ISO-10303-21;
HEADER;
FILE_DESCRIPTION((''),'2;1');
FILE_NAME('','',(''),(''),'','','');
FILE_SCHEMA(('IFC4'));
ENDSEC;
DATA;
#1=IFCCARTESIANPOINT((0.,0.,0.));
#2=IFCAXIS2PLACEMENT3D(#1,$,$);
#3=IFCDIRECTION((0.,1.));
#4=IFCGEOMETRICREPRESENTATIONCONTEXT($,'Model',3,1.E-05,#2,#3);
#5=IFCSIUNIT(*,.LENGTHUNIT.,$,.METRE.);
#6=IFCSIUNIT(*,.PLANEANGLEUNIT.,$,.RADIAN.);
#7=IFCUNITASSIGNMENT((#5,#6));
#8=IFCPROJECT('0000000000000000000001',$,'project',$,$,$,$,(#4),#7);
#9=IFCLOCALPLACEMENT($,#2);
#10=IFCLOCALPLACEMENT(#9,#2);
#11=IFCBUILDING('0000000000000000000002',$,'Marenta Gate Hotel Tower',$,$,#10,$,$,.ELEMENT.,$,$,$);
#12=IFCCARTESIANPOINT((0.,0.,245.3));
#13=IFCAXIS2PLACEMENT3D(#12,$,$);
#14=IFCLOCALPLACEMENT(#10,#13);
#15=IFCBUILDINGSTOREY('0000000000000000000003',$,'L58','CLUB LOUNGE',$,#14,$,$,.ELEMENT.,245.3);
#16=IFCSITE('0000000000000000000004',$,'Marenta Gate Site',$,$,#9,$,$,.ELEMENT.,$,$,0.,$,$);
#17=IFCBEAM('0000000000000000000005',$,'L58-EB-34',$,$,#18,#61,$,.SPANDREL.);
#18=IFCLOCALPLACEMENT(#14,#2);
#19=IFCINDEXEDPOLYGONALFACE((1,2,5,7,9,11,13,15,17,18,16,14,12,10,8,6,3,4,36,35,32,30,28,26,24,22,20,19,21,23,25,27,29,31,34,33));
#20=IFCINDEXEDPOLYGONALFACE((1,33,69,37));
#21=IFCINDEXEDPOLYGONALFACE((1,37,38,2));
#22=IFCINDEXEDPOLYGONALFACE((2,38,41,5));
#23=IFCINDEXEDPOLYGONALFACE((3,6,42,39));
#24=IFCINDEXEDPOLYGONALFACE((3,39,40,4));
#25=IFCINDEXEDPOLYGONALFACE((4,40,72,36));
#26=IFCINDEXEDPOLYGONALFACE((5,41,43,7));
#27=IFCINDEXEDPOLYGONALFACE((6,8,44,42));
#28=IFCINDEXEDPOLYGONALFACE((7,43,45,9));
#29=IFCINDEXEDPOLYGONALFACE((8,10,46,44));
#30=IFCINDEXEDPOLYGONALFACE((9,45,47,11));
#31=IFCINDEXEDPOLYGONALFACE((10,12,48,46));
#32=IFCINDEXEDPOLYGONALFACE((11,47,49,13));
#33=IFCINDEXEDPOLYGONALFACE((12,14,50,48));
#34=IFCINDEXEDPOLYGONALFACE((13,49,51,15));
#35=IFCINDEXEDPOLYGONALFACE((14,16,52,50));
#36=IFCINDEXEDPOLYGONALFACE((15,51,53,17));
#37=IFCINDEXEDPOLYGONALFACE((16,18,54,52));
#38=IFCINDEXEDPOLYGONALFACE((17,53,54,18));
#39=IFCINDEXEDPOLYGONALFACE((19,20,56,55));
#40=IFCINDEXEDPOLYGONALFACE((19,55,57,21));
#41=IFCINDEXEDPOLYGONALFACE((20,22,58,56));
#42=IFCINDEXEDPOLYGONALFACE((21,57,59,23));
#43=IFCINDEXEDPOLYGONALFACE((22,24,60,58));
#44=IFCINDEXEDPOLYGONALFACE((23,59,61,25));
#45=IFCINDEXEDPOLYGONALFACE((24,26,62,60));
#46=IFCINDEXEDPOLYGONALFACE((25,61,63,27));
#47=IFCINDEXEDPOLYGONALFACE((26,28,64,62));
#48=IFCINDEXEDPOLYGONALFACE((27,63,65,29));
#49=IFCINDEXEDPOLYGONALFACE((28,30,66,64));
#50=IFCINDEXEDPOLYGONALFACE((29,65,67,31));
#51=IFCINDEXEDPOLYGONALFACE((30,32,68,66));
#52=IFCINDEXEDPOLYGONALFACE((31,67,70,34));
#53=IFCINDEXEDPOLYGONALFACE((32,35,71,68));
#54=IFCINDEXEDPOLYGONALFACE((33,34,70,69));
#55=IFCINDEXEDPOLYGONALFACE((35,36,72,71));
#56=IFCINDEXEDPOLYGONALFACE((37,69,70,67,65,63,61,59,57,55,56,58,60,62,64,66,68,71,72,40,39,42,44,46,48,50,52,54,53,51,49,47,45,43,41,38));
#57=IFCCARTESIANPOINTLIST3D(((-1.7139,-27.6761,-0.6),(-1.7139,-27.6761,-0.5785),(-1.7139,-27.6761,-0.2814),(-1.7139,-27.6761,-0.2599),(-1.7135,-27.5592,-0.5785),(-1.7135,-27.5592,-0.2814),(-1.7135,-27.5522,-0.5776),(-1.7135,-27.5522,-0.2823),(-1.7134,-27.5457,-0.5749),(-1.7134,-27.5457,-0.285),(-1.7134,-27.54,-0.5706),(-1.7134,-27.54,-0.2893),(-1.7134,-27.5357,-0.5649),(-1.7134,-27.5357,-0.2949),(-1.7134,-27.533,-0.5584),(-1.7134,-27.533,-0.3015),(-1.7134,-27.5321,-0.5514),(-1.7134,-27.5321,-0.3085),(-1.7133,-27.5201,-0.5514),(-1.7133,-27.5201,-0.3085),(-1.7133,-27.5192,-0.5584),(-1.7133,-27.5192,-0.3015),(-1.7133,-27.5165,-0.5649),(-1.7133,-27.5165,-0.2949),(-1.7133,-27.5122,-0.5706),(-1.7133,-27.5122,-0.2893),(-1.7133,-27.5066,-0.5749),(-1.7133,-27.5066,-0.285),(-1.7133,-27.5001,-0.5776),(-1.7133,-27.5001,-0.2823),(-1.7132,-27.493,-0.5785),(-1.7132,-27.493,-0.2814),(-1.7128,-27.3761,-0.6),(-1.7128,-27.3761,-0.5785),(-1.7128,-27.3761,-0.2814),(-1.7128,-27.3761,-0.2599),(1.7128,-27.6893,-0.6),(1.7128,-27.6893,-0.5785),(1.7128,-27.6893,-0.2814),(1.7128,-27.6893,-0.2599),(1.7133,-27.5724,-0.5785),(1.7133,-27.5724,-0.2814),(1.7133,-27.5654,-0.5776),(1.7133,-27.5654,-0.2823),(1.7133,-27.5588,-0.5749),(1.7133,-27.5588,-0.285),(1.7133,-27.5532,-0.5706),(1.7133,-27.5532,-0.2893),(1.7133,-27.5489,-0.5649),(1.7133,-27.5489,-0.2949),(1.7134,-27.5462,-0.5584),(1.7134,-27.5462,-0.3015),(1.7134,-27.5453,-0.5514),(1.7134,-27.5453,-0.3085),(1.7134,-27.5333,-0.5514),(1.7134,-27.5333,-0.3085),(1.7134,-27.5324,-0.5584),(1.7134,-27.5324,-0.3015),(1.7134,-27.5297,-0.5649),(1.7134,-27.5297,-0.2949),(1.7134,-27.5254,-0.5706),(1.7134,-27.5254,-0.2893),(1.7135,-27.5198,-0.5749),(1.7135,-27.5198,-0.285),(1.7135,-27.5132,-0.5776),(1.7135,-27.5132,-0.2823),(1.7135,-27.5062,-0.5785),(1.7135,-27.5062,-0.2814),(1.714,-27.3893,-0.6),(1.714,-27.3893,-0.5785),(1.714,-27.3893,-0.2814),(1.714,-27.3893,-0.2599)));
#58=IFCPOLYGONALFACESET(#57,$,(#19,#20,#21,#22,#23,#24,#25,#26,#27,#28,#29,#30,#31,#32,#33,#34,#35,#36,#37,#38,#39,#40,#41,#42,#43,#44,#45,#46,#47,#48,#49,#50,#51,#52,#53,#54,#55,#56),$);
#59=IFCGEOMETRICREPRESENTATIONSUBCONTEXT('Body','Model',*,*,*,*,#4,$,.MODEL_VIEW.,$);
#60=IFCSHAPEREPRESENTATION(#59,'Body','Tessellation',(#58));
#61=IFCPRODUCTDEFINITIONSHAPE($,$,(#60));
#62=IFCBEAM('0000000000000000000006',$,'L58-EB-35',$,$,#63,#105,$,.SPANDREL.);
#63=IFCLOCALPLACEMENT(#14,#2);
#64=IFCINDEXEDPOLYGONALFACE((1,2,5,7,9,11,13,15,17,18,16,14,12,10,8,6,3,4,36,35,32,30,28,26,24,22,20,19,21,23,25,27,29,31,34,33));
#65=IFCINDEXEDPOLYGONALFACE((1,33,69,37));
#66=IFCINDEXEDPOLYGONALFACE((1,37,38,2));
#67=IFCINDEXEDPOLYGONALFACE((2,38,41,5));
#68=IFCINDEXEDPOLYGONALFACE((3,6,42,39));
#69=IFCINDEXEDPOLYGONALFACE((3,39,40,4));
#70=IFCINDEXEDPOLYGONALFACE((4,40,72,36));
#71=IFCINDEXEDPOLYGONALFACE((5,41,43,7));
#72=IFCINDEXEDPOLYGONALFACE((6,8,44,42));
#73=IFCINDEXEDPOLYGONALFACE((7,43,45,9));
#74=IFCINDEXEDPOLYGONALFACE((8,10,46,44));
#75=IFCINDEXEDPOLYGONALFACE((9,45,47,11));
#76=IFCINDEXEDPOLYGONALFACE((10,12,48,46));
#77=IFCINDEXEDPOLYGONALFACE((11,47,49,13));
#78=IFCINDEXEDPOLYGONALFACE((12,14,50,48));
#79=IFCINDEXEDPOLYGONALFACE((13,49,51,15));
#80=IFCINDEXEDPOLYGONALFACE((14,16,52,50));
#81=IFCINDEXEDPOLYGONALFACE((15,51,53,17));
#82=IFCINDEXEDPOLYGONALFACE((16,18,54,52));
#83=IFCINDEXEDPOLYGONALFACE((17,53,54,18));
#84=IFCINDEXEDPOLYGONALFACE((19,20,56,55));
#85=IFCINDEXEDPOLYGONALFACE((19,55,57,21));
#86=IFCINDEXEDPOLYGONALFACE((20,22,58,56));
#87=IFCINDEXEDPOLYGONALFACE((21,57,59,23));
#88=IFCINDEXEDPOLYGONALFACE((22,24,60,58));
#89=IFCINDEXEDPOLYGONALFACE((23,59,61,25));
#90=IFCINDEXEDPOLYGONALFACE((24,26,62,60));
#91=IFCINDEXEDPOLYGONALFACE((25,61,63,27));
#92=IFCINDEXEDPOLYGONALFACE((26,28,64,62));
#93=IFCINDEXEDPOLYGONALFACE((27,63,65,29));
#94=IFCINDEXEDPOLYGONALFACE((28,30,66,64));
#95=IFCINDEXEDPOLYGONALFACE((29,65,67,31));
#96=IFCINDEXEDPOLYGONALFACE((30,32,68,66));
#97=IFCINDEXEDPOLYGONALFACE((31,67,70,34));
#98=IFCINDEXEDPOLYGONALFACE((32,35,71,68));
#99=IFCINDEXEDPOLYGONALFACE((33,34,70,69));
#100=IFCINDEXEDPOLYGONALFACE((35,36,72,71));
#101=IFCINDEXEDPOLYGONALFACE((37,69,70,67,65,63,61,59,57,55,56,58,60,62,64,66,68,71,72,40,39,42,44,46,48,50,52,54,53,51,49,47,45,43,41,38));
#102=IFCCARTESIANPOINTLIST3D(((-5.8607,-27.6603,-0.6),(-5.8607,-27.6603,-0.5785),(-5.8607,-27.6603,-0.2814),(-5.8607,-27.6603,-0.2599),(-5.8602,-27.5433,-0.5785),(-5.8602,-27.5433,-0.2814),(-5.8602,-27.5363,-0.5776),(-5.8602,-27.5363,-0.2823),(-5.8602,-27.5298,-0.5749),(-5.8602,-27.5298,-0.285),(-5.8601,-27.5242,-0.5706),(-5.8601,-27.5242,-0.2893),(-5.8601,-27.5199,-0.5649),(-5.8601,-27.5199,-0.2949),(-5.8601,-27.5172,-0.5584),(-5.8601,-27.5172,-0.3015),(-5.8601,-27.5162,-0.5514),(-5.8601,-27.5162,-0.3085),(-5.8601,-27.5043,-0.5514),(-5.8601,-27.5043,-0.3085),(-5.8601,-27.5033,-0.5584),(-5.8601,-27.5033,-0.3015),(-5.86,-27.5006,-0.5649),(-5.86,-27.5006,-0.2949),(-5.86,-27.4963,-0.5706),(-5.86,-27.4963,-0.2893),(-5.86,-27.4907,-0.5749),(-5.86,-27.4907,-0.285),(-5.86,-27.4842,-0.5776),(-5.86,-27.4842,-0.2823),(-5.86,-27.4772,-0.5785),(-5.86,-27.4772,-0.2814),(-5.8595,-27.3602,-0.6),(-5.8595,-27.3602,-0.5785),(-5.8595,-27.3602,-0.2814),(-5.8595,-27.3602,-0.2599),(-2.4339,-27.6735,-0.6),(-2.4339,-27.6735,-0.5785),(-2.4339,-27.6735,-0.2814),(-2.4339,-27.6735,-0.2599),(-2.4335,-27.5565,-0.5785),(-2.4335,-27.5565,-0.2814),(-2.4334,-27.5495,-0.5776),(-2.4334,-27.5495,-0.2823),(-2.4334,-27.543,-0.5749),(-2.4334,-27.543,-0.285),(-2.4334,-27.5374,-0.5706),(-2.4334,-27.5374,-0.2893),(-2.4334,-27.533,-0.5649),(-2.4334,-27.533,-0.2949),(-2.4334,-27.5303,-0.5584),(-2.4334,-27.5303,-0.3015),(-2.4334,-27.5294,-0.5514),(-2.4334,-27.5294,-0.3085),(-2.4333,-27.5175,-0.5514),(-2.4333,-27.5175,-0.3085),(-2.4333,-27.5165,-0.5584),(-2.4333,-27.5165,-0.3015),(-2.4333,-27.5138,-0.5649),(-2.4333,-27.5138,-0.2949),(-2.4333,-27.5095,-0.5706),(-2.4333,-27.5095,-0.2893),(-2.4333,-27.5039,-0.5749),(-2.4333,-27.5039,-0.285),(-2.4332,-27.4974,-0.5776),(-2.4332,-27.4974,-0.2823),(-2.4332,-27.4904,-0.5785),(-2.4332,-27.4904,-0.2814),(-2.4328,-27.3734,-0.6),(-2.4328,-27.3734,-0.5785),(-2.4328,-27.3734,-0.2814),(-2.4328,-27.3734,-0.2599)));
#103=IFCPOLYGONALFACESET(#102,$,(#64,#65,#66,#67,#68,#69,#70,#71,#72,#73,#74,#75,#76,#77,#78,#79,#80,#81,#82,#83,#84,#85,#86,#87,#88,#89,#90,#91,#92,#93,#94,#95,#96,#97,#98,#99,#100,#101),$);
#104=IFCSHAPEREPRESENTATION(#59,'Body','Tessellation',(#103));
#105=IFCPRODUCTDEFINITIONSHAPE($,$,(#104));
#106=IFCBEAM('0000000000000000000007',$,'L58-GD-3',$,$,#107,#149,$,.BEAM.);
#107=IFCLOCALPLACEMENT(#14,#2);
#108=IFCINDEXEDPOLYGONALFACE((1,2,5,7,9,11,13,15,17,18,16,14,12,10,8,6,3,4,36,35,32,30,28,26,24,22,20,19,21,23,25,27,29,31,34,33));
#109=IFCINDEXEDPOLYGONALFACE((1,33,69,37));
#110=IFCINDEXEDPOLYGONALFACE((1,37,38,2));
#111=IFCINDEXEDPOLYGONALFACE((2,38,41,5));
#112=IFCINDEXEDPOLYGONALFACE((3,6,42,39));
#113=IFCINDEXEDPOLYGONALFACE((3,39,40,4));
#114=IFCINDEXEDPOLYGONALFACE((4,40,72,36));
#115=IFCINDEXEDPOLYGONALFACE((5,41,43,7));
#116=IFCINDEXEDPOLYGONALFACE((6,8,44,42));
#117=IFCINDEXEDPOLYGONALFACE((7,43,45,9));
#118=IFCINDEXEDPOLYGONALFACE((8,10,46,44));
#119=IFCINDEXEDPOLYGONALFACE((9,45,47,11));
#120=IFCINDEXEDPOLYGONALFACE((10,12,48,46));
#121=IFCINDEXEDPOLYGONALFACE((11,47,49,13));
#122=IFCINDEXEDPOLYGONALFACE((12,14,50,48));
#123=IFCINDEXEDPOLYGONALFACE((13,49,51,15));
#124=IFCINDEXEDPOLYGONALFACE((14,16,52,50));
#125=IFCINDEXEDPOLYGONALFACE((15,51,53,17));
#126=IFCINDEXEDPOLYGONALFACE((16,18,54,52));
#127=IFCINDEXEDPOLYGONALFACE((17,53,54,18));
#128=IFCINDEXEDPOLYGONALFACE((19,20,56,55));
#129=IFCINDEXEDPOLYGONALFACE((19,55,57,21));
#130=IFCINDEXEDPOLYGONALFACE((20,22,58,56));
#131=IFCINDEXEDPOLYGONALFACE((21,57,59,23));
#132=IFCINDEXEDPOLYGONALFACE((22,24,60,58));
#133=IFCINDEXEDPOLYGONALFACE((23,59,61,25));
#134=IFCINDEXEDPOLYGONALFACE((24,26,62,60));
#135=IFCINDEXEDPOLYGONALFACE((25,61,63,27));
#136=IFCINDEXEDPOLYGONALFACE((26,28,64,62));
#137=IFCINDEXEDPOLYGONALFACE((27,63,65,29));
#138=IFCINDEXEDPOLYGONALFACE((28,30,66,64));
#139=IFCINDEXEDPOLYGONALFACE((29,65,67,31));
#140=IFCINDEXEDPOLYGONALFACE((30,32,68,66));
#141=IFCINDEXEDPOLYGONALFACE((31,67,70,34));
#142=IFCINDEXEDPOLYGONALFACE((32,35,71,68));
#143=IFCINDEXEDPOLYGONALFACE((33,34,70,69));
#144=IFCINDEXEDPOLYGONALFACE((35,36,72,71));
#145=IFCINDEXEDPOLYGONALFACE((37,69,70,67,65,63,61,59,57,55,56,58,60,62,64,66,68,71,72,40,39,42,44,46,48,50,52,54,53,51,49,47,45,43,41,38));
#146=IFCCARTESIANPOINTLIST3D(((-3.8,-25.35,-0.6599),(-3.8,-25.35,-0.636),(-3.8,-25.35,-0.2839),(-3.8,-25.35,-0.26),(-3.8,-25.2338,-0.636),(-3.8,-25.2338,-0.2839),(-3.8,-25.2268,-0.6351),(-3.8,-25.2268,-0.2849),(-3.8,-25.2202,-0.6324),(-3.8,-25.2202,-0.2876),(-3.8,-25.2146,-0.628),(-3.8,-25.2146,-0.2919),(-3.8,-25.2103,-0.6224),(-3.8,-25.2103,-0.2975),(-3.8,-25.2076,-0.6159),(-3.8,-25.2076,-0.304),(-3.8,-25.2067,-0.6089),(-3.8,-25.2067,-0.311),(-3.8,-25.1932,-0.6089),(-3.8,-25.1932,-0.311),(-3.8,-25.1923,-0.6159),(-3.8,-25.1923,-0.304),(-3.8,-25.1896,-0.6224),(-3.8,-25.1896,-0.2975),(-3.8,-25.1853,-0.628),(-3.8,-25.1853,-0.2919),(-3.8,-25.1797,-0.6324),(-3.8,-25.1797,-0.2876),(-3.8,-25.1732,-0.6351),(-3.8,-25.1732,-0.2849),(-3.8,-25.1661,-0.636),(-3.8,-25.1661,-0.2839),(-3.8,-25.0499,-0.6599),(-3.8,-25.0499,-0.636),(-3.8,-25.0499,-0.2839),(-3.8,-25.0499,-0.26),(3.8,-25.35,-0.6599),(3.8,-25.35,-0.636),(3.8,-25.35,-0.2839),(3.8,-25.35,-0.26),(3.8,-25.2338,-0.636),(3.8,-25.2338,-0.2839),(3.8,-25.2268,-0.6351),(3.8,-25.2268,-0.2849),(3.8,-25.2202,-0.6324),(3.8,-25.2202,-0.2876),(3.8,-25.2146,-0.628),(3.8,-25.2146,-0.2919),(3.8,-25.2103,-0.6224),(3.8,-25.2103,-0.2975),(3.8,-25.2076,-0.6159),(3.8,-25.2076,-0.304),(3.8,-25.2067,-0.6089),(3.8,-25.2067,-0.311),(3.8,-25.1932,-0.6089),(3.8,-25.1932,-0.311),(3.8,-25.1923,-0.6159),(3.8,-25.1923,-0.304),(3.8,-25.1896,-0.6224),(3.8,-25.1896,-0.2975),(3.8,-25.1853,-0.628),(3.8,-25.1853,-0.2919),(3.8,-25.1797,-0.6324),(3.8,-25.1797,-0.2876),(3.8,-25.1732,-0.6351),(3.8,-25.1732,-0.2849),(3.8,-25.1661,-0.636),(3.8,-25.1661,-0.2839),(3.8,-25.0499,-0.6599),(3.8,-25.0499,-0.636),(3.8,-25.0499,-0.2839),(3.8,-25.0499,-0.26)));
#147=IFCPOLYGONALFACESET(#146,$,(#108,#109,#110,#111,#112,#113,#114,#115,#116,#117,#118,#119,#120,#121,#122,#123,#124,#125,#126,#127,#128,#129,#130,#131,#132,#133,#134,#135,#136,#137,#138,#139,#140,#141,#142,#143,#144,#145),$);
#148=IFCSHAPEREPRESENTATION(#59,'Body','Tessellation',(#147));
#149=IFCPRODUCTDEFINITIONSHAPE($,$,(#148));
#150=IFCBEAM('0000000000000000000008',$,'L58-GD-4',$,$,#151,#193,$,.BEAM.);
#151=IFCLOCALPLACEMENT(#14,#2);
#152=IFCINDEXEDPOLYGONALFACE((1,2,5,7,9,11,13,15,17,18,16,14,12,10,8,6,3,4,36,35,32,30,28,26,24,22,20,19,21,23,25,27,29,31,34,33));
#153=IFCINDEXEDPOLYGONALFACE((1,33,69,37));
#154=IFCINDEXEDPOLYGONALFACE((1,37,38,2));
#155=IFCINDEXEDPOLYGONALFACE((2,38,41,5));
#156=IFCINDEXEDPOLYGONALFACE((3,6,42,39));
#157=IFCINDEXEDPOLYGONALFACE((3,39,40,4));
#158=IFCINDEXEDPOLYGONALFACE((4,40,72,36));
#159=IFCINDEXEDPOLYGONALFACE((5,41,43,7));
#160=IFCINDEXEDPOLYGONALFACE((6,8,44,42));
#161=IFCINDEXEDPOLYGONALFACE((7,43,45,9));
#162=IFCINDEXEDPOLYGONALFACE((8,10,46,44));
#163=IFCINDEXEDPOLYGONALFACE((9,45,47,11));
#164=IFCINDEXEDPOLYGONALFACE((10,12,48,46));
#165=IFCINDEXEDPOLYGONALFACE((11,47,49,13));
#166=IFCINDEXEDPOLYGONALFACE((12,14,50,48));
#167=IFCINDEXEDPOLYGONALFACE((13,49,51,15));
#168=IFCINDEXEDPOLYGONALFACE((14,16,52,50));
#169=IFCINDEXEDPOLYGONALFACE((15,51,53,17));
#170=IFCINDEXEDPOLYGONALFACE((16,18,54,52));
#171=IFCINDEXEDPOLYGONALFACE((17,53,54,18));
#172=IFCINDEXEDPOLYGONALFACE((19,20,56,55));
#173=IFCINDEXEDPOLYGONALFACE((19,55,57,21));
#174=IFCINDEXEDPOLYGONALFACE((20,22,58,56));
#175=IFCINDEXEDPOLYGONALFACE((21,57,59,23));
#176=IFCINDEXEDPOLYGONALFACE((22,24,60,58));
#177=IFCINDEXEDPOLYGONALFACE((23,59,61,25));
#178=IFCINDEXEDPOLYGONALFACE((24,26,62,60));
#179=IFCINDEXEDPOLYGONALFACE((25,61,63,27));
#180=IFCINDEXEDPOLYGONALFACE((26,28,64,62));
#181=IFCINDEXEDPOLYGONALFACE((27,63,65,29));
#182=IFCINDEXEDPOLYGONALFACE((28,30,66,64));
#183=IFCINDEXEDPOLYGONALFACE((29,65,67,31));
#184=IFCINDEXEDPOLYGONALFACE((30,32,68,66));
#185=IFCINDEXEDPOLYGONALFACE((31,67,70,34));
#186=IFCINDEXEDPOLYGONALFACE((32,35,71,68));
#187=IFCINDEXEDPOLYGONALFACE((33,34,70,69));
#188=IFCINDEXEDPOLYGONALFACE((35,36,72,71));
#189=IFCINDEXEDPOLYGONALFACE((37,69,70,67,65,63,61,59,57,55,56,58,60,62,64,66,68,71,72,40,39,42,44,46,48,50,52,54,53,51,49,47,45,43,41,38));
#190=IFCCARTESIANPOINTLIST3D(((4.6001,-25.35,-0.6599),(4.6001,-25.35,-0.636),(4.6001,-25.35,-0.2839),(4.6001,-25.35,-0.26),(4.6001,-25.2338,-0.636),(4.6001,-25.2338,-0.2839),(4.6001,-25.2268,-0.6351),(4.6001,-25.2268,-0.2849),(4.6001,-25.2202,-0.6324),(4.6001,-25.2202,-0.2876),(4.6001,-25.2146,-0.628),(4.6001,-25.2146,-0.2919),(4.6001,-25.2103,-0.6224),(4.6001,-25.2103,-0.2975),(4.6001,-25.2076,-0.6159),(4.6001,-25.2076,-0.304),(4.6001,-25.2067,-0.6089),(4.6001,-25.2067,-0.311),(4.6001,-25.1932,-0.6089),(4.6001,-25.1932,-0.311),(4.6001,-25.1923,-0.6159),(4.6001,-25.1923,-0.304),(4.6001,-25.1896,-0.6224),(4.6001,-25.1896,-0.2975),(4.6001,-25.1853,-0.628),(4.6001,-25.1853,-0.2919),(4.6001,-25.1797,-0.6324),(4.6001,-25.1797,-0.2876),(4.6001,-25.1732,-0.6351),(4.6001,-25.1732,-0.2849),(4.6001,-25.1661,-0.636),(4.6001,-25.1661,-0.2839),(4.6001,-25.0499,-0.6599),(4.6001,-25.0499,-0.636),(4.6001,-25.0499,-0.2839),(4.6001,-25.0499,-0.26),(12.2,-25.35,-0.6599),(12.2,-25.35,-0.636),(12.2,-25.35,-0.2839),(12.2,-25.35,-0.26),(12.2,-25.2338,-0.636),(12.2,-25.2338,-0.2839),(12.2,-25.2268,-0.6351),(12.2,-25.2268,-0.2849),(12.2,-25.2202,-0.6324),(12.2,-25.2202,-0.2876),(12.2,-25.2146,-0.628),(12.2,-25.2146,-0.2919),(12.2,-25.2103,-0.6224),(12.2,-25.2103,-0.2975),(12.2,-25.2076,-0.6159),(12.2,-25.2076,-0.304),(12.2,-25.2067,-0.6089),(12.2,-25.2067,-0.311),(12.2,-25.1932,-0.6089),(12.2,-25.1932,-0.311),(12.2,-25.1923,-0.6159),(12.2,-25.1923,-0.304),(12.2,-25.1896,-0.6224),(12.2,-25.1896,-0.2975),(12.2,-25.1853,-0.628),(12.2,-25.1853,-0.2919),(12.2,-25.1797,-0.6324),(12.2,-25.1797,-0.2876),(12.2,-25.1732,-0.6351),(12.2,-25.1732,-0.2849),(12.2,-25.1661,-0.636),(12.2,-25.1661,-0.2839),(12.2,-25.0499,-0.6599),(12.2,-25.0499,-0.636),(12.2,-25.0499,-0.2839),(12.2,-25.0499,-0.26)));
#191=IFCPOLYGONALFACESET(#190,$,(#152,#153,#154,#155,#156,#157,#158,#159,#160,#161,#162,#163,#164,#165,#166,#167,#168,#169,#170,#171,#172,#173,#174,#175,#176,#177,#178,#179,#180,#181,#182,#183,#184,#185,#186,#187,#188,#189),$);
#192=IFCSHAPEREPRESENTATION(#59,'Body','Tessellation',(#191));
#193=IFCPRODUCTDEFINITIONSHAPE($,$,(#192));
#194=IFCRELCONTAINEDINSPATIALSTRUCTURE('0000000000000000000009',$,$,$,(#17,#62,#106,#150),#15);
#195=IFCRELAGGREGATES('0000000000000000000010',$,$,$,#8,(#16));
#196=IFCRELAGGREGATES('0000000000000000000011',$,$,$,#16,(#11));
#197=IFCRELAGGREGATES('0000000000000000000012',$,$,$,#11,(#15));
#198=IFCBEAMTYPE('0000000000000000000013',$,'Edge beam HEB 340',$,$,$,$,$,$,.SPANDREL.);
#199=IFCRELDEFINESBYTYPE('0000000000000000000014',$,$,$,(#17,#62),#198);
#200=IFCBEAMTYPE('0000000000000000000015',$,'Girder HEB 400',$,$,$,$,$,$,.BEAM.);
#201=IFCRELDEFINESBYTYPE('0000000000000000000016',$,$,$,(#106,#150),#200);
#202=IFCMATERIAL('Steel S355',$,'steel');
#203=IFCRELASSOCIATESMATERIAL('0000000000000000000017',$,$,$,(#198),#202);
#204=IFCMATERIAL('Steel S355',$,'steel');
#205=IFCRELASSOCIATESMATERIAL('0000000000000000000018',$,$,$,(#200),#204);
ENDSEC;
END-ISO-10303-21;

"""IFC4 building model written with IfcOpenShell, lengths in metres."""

from ifc_helpers import new_model, si_unit, direction, frame, origin, origin_2d, place, context, subcontext, project, spatial, i_section, extrude, material, material_profile, profile_set, type_object, element, save


model = new_model("IFC4")

# Units and contexts
model_context = context("Model", 3, precision=1e-05, world=origin(), true_north=direction((0.0, 1.0)))
body_context = subcontext(model_context, "Body", "Model", "MODEL_VIEW")
ifc_project = project(units=[si_unit("LENGTHUNIT", "METRE"), si_unit("PLANEANGLEUNIT", "RADIAN")], contexts=[model_context])

# Site, building, storey
site_placement = place(None, origin())
site = spatial("IfcSite", under=ifc_project, at=site_placement, Name="Marenta Gate Site", CompositionType="ELEMENT", RefElevation=0.0)
building_placement = place(site_placement, origin())
building = spatial("IfcBuilding", under=site, at=building_placement, Name="Marenta Gate Hotel Tower", CompositionType="ELEMENT")
storey_placement = place(building_placement, frame((0.0, 0.0, 245.3)))
storey = spatial("IfcBuildingStorey", under=building, at=storey_placement, Name="L58", Description="CLUB LOUNGE", CompositionType="ELEMENT", Elevation=245.3)

# Beams
ifc_material_1 = material(Name="Steel S355", Category="steel")
ifc_material_profile_1 = material_profile(ifc_material_1, i_section(OverallWidth=0.3, OverallDepth=0.3401, WebThickness=0.012, FlangeThickness=0.0215, FilletRadius=0.0271, at=origin_2d()), Name="HEB 340")
ifc_profile_set_1 = profile_set([ifc_material_profile_1], Name="Steel S355")
beam_type_1 = type_object("IfcBeamType", Name="Edge beam HEB 340", PredefinedType="SPANDREL", material=ifc_profile_set_1)
for number, where, z_axis, x_axis, name in (
    (1, (1.7134, -27.5393, -0.4299), (-0.999993, 0.003847, 0.0), (-0.003847, -0.999993, 0.0), "L58-EB-34"),
    (2, (-2.4333, -27.5234, -0.4299), (-0.999993, 0.003847, 0.0), (-0.003847, -0.999993, 0.0), "L58-EB-35"),
):
    element("IfcBeam", number, at=place(storey_placement, frame(where, z_axis=z_axis, x_axis=x_axis)), inside=storey, type_object=beam_type_1, Name=name, PredefinedType="SPANDREL", context=body_context, shape_type="SweptSolid", body=[
        extrude(i_section(OverallWidth=0.3, OverallDepth=0.3401, WebThickness=0.012, FlangeThickness=0.0215, FilletRadius=0.0271, at=origin_2d()), origin(), (0.0, 0.0, 1.0), 3.4268),
    ])
ifc_material_2 = material(Name="Steel S355", Category="steel")
ifc_material_profile_2 = material_profile(ifc_material_2, i_section(OverallWidth=0.3, OverallDepth=0.3999, WebThickness=0.0134, FlangeThickness=0.0239, FilletRadius=0.0271, at=origin_2d()), Name="HEB 400")
ifc_profile_set_2 = profile_set([ifc_material_profile_2], Name="Steel S355")
beam_type_2 = type_object("IfcBeamType", Name="Girder HEB 400", PredefinedType="BEAM", material=ifc_profile_set_2)
beam_1_placement = place(storey_placement, frame((-3.8, -25.2, -0.46), z_axis=(1.0, 0.0, 0.0), x_axis=(0.0, 1.0, 0.0)))
element("IfcBeam", 3, at=beam_1_placement, inside=storey, type_object=beam_type_2, Name="L58-GD-3", PredefinedType="BEAM", context=body_context, shape_type="SweptSolid", body=[
    extrude(i_section(OverallWidth=0.3, OverallDepth=0.3999, WebThickness=0.0134, FlangeThickness=0.0239, FilletRadius=0.0271, at=origin_2d()), origin(), (0.0, 0.0, 1.0), 7.6001),
])
beam_2_placement = place(storey_placement, frame((4.6001, -25.2, -0.46), z_axis=(1.0, 0.0, 0.0), x_axis=(0.0, 1.0, 0.0)))
element("IfcBeam", 4, at=beam_2_placement, inside=storey, type_object=beam_type_2, Name="L58-GD-4", PredefinedType="BEAM", context=body_context, shape_type="SweptSolid", body=[
    extrude(i_section(OverallWidth=0.3, OverallDepth=0.3999, WebThickness=0.0134, FlangeThickness=0.0239, FilletRadius=0.0271, at=origin_2d()), origin(), (0.0, 0.0, 1.0), 7.5999),
])

save(model, "model.ifc")
